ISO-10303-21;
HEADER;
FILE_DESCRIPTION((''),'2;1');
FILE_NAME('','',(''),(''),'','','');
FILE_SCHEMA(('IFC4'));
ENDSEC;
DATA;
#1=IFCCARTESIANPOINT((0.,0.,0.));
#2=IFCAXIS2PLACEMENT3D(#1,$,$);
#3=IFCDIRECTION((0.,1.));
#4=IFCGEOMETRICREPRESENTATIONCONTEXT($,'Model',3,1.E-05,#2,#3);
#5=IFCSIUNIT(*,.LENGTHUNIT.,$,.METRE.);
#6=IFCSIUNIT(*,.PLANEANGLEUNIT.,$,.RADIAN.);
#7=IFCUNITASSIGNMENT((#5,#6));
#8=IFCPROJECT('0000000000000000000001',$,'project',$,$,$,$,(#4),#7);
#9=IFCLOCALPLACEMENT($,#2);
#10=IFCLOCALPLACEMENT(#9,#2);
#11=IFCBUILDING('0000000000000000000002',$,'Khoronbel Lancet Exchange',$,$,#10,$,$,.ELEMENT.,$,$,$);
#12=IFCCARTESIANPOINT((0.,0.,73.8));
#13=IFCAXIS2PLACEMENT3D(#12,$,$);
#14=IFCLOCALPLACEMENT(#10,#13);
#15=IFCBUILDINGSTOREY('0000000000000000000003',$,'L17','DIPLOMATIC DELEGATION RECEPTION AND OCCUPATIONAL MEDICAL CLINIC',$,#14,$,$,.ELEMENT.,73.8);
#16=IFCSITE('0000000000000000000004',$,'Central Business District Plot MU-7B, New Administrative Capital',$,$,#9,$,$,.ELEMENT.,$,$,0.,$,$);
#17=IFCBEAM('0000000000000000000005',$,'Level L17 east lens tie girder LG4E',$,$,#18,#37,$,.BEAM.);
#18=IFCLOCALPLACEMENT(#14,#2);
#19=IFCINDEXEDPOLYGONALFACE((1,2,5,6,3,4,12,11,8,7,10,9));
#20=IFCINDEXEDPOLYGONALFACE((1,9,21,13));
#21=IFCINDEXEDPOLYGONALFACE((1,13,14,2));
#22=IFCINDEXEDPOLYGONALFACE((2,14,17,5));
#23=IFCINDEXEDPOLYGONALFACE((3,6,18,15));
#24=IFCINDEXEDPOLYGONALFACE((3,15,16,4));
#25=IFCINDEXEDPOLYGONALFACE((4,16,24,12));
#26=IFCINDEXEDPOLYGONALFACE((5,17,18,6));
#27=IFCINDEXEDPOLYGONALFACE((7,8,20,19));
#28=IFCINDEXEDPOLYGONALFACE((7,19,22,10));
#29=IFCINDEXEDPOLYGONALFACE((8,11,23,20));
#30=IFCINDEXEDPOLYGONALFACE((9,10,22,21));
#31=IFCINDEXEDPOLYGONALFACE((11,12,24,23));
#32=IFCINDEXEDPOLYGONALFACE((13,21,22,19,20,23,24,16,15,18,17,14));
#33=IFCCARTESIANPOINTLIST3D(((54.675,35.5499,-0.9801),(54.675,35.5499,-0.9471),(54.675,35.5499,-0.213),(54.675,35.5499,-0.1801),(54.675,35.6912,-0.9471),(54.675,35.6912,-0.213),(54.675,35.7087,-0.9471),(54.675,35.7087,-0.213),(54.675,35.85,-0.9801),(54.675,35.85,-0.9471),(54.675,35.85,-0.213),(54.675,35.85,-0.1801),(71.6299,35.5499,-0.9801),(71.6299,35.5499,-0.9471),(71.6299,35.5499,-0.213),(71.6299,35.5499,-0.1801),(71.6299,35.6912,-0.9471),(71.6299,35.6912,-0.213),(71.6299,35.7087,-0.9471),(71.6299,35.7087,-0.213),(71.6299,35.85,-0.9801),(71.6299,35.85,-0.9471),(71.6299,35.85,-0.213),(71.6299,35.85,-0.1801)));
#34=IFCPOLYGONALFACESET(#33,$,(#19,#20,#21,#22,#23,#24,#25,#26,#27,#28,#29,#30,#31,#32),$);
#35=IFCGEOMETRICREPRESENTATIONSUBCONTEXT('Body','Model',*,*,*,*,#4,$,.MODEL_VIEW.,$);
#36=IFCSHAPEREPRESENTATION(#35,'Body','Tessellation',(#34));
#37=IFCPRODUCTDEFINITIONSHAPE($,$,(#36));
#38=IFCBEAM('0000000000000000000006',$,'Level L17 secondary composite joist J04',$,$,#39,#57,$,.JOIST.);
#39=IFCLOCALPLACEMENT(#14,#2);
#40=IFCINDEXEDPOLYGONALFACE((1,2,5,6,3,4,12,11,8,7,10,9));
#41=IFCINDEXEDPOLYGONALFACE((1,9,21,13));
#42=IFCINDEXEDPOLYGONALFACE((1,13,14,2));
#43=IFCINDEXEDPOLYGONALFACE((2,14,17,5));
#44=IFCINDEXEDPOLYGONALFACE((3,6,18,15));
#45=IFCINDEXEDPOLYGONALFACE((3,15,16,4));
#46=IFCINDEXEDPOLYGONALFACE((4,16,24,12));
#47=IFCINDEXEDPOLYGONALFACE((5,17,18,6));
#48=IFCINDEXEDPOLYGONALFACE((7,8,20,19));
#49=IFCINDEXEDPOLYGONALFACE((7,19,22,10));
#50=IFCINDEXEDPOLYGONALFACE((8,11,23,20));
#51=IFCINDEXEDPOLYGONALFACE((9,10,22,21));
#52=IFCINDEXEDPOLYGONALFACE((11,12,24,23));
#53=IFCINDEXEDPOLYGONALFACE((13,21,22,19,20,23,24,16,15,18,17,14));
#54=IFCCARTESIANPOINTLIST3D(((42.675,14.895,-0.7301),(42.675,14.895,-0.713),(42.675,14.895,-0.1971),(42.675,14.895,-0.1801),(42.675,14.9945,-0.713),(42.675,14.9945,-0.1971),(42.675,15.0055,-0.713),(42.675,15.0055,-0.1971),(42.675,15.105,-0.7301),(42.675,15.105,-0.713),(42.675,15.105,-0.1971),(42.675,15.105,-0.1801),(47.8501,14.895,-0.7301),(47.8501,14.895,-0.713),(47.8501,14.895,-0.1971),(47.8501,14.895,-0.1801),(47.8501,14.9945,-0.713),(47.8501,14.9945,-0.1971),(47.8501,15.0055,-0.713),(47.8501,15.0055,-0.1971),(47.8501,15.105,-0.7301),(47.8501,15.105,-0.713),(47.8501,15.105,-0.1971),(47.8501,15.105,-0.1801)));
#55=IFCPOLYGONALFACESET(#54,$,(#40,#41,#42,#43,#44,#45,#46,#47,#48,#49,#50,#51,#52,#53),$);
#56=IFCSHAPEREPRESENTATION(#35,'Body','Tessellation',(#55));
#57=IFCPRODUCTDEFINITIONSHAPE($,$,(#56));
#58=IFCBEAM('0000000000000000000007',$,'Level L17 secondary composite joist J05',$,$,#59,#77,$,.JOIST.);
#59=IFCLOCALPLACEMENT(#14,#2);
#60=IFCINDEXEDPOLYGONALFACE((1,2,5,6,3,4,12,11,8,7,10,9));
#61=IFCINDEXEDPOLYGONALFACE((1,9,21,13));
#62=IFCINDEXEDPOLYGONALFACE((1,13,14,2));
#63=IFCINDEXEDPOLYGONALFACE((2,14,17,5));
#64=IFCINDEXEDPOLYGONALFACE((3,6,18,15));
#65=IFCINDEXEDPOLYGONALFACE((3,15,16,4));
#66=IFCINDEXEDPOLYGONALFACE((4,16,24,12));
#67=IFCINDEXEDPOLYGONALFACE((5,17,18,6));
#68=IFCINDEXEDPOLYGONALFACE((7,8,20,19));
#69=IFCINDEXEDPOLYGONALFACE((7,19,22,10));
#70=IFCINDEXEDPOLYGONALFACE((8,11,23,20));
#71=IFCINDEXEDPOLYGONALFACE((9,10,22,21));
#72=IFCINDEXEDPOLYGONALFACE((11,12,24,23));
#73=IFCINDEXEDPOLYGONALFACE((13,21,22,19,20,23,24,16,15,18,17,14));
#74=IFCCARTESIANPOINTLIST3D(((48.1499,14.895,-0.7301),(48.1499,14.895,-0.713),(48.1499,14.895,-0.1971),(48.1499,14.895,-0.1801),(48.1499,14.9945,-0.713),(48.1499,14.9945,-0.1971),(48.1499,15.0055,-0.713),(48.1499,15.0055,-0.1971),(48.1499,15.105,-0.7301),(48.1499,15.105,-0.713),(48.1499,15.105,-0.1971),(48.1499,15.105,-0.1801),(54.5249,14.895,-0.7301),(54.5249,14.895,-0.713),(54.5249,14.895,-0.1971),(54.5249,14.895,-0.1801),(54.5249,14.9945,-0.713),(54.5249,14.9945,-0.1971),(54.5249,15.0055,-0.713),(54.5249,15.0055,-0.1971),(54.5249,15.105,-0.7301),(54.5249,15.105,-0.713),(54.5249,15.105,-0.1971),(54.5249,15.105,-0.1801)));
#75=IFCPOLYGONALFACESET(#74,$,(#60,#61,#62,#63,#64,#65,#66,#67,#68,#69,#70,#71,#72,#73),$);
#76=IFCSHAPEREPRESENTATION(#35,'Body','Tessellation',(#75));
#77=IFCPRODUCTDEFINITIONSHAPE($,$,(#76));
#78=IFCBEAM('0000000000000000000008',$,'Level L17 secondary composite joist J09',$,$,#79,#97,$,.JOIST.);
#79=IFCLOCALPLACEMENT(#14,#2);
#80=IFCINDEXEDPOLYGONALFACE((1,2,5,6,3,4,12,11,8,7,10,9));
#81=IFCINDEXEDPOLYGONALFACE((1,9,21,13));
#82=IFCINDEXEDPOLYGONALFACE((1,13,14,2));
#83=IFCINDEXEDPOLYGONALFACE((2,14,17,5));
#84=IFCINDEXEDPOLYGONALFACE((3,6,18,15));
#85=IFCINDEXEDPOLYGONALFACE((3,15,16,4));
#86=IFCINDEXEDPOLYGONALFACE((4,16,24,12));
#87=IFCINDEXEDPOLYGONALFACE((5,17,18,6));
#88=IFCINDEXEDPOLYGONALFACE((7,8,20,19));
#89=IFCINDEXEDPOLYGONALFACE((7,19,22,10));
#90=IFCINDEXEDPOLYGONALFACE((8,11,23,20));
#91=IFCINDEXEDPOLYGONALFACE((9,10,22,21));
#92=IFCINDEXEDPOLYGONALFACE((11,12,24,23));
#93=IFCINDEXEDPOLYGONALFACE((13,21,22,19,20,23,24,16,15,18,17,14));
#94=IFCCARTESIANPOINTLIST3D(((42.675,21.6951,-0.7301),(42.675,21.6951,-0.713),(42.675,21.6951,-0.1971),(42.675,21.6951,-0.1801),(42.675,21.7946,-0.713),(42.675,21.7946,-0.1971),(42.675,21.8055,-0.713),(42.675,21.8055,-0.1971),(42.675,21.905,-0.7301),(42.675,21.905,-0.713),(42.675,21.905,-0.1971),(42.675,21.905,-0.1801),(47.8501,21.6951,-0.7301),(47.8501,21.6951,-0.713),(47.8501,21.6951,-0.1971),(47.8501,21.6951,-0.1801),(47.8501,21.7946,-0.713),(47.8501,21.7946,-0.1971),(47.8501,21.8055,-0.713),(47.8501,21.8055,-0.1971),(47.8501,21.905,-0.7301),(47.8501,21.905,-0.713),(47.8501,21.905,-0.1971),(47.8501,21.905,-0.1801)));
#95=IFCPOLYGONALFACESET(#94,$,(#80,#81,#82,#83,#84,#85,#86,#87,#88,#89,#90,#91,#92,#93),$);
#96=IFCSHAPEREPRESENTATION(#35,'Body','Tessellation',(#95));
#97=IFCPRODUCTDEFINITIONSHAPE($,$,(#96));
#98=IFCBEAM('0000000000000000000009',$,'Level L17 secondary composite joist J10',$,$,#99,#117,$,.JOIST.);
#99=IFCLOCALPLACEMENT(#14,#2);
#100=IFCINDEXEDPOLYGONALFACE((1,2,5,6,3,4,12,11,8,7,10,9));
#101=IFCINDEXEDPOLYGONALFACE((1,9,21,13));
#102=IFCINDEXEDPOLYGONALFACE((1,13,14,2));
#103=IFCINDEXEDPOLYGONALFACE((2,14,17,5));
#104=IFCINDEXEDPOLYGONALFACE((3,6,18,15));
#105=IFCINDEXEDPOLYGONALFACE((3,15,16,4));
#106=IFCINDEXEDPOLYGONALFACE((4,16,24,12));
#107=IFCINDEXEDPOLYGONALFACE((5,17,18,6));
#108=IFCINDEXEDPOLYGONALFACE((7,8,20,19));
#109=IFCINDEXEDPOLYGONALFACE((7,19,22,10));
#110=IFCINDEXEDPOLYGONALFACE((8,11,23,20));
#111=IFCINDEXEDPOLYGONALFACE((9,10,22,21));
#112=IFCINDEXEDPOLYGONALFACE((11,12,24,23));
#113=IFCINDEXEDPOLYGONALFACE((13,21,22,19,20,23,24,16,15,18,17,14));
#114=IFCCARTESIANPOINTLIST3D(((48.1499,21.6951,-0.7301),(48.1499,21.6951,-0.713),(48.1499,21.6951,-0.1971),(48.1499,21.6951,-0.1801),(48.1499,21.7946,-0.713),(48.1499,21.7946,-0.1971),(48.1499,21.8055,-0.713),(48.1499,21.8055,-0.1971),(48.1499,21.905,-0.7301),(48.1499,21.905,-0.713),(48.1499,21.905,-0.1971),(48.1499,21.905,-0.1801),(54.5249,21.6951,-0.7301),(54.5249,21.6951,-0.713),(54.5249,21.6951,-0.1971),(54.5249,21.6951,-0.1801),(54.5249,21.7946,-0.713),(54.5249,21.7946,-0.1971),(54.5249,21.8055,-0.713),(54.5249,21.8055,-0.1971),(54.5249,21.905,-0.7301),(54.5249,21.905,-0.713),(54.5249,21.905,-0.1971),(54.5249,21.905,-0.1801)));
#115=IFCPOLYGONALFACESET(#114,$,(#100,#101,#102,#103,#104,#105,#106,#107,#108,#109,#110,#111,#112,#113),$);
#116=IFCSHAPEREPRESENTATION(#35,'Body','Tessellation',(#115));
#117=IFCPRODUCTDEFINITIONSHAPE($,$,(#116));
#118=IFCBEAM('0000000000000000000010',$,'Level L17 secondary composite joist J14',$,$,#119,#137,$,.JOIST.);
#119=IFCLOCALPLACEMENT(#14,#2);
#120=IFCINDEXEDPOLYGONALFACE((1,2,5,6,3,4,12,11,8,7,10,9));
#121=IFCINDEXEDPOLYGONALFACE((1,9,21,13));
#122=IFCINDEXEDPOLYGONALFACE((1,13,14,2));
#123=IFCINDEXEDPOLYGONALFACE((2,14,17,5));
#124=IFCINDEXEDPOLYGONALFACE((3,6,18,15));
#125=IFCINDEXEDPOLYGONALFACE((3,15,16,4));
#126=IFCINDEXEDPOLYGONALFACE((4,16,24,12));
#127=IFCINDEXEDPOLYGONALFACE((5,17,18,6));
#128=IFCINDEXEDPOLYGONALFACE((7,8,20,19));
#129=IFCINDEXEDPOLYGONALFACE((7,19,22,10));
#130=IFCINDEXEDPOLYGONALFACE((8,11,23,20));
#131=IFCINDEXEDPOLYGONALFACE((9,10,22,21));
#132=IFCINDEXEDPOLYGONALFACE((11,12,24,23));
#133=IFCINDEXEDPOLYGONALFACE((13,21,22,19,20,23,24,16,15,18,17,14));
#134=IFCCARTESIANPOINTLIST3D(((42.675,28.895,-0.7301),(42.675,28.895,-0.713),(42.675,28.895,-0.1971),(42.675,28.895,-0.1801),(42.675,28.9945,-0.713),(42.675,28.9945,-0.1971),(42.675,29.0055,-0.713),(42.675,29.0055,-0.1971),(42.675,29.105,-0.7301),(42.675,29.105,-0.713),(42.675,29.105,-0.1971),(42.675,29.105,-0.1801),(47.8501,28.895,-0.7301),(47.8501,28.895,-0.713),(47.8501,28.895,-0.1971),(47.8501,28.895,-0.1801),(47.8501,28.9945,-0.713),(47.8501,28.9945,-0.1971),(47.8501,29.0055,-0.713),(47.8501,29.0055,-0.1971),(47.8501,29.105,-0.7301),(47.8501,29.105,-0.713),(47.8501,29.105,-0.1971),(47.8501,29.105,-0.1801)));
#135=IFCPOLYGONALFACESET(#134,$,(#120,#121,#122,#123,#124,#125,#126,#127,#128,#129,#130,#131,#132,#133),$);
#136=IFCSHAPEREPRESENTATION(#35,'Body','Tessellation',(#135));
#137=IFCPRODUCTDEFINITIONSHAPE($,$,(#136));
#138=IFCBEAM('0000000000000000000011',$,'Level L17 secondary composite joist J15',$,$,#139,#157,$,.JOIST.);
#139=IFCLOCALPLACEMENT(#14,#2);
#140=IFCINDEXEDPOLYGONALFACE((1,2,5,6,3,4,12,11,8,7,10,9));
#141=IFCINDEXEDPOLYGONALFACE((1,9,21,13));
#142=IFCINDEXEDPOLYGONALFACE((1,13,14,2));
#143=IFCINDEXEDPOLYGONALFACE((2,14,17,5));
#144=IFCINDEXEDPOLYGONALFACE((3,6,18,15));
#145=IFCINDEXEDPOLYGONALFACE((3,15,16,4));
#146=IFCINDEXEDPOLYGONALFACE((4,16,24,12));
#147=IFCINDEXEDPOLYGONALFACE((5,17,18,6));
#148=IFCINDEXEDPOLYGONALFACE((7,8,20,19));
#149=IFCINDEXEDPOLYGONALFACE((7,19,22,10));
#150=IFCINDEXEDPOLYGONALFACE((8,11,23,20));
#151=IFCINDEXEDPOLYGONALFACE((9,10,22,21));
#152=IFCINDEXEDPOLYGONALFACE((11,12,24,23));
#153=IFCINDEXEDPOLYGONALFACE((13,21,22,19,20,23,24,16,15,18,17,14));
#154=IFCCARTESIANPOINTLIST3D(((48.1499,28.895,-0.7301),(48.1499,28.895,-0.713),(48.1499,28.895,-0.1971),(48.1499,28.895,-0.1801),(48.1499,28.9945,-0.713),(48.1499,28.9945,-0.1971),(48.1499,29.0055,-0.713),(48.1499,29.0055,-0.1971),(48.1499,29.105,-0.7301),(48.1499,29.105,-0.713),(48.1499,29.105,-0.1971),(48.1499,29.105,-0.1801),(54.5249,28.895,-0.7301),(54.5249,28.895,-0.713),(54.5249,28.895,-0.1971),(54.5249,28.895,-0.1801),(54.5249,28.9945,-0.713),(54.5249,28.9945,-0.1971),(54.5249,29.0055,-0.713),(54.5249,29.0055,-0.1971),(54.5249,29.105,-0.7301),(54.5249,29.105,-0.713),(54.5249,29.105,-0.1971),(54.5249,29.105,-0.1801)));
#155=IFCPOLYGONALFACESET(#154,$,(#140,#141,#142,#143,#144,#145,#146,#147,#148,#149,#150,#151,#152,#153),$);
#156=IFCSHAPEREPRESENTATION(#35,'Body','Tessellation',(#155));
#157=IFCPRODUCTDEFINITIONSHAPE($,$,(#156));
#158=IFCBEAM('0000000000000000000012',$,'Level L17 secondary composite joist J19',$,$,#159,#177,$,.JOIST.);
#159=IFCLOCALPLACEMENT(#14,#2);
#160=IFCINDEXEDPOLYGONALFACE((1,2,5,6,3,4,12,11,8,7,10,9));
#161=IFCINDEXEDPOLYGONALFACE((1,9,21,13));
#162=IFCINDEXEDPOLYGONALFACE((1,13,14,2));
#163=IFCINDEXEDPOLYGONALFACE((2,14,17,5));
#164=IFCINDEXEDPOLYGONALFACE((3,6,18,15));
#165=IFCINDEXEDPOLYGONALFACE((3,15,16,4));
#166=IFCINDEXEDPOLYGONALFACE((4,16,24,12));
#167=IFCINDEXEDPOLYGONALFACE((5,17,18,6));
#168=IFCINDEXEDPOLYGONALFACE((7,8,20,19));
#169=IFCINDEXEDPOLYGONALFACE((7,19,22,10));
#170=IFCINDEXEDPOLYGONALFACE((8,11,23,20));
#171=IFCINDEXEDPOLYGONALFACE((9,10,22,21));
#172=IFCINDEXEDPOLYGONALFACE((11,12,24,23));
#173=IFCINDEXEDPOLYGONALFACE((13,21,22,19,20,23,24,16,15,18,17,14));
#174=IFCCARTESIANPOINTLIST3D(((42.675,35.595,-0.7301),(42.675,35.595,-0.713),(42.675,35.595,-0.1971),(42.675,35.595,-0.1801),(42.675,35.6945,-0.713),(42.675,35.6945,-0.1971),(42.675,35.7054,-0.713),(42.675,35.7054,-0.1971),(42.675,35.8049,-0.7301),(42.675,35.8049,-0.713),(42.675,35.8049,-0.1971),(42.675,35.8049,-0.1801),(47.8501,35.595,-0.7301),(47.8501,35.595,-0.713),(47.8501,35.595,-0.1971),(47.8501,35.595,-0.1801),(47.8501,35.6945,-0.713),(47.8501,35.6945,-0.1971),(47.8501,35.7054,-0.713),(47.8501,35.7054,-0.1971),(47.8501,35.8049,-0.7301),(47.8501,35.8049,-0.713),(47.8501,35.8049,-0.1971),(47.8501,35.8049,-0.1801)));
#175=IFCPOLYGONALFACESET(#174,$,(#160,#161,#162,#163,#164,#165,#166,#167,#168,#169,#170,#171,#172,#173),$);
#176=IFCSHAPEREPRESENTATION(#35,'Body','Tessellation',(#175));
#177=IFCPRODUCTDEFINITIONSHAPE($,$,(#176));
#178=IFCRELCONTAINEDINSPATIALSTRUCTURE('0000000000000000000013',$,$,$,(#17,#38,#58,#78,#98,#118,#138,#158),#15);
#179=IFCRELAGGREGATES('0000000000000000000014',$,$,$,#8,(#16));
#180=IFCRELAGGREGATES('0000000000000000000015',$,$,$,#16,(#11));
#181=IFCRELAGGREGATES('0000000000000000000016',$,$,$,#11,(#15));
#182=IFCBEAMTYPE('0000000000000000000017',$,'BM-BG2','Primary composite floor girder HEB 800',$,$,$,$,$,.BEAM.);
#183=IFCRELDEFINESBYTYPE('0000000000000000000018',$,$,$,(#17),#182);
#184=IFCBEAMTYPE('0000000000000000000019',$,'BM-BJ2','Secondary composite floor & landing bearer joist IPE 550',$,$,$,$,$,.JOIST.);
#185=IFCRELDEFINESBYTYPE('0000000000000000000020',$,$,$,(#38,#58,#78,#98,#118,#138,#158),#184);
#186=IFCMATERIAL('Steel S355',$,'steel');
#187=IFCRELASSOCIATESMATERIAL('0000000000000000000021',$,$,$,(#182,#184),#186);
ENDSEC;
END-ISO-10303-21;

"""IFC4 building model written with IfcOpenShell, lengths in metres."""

from ifc_helpers import new_model, si_unit, direction, frame, origin, origin_2d, place, context, subcontext, project, spatial, i_section, extrude, material, material_profile, profile_set, type_object, element, save


model = new_model("IFC4")

# Units and contexts
model_context = context("Model", 3, precision=1e-05, world=origin(), true_north=direction((0.0, 1.0)))
body_context = subcontext(model_context, "Body", "Model", "MODEL_VIEW")
ifc_project = project(units=[si_unit("LENGTHUNIT", "METRE"), si_unit("PLANEANGLEUNIT", "RADIAN")], contexts=[model_context])

# Site, building, storey
site_placement = place(None, origin())
site = spatial("IfcSite", under=ifc_project, at=site_placement, Name="Central Business District Plot MU-7B, New Administrative Capital", CompositionType="ELEMENT", RefElevation=0.0)
building_placement = place(site_placement, origin())
building = spatial("IfcBuilding", under=site, at=building_placement, Name="Khoronbel Lancet Exchange", CompositionType="ELEMENT")
storey_placement = place(building_placement, frame((0.0, 0.0, 73.8)))
storey = spatial("IfcBuildingStorey", under=building, at=storey_placement, Name="L17", Description="DIPLOMATIC DELEGATION RECEPTION AND OCCUPATIONAL MEDICAL CLINIC", CompositionType="ELEMENT", Elevation=73.8)

# Beams
ifc_material_1 = material(Name="Steel S355", Category="steel")
ifc_material_profile_1 = material_profile(ifc_material_1, i_section(OverallWidth=0.3, OverallDepth=0.8, WebThickness=0.0176, FlangeThickness=0.033, at=origin_2d()), Name="HEB 800")
ifc_profile_set_1 = profile_set([ifc_material_profile_1], Name="Steel S355")
beam_type_1 = type_object("IfcBeamType", Name="BM-BG2", Description="Primary composite floor girder HEB 800", PredefinedType="BEAM", material=ifc_profile_set_1)
for number, where, z_axis, x_axis, name in (
    (1, (54.675, 35.7, -0.5801), (1.0, 0.0, 0.0), (0.0, 1.0, 0.0), "Level L17 east lens tie girder LG4E"),
):
    element("IfcBeam", number, at=place(storey_placement, frame(where, z_axis=z_axis, x_axis=x_axis)), inside=storey, type_object=beam_type_1, Name=name, PredefinedType="BEAM", context=body_context, shape_type="SweptSolid", body=[
        extrude(i_section(OverallWidth=0.3, OverallDepth=0.8, WebThickness=0.0176, FlangeThickness=0.033, at=origin_2d()), origin(), (0.0, 0.0, 1.0), 16.9548),
    ])
ifc_material_profile_2 = material_profile(ifc_material_1, i_section(OverallWidth=0.21, OverallDepth=0.55, WebThickness=0.011, FlangeThickness=0.0171, at=origin_2d()), Name="IPE 550")
ifc_profile_set_2 = profile_set([ifc_material_profile_2], Name="Steel S355")
beam_type_2 = type_object("IfcBeamType", Name="BM-BJ2", Description="Secondary composite floor & landing bearer joist IPE 550", PredefinedType="JOIST", material=ifc_profile_set_2)
beam_1_placement = place(storey_placement, frame((42.675, 15.0, -0.4551), z_axis=(1.0, 0.0, 0.0), x_axis=(0.0, 1.0, 0.0)))
element("IfcBeam", 2, at=beam_1_placement, inside=storey, type_object=beam_type_2, Name="Level L17 secondary composite joist J04", PredefinedType="JOIST", context=body_context, shape_type="SweptSolid", body=[
    extrude(i_section(OverallWidth=0.21, OverallDepth=0.55, WebThickness=0.011, FlangeThickness=0.0171, at=origin_2d()), origin(), (0.0, 0.0, 1.0), 5.175),
])
beam_2_placement = place(storey_placement, frame((48.1499, 15.0, -0.4551), z_axis=(1.0, 0.0, 0.0), x_axis=(0.0, 1.0, 0.0)))
element("IfcBeam", 3, at=beam_2_placement, inside=storey, type_object=beam_type_2, Name="Level L17 secondary composite joist J05", PredefinedType="JOIST", context=body_context, shape_type="SweptSolid", body=[
    extrude(i_section(OverallWidth=0.21, OverallDepth=0.55, WebThickness=0.011, FlangeThickness=0.0171, at=origin_2d()), origin(), (0.0, 0.0, 1.0), 6.375),
])
beam_3_placement = place(storey_placement, frame((42.675, 21.8, -0.4551), z_axis=(1.0, 0.0, 0.0), x_axis=(0.0, 1.0, 0.0)))
element("IfcBeam", 4, at=beam_3_placement, inside=storey, type_object=beam_type_2, Name="Level L17 secondary composite joist J09", PredefinedType="JOIST", context=body_context, shape_type="SweptSolid", body=[
    extrude(i_section(OverallWidth=0.21, OverallDepth=0.55, WebThickness=0.011, FlangeThickness=0.0171, at=origin_2d()), origin(), (0.0, 0.0, 1.0), 5.175),
])
beam_4_placement = place(storey_placement, frame((48.1499, 21.8, -0.4551), z_axis=(1.0, 0.0, 0.0), x_axis=(0.0, 1.0, 0.0)))
element("IfcBeam", 5, at=beam_4_placement, inside=storey, type_object=beam_type_2, Name="Level L17 secondary composite joist J10", PredefinedType="JOIST", context=body_context, shape_type="SweptSolid", body=[
    extrude(i_section(OverallWidth=0.21, OverallDepth=0.55, WebThickness=0.011, FlangeThickness=0.0171, at=origin_2d()), origin(), (0.0, 0.0, 1.0), 6.375),
])
beam_5_placement = place(storey_placement, frame((42.675, 29.0, -0.4551), z_axis=(1.0, 0.0, 0.0), x_axis=(0.0, 1.0, 0.0)))
element("IfcBeam", 6, at=beam_5_placement, inside=storey, type_object=beam_type_2, Name="Level L17 secondary composite joist J14", PredefinedType="JOIST", context=body_context, shape_type="SweptSolid", body=[
    extrude(i_section(OverallWidth=0.21, OverallDepth=0.55, WebThickness=0.011, FlangeThickness=0.0171, at=origin_2d()), origin(), (0.0, 0.0, 1.0), 5.175),
])
beam_6_placement = place(storey_placement, frame((48.1499, 29.0, -0.4551), z_axis=(1.0, 0.0, 0.0), x_axis=(0.0, 1.0, 0.0)))
element("IfcBeam", 7, at=beam_6_placement, inside=storey, type_object=beam_type_2, Name="Level L17 secondary composite joist J15", PredefinedType="JOIST", context=body_context, shape_type="SweptSolid", body=[
    extrude(i_section(OverallWidth=0.21, OverallDepth=0.55, WebThickness=0.011, FlangeThickness=0.0171, at=origin_2d()), origin(), (0.0, 0.0, 1.0), 6.375),
])
beam_7_placement = place(storey_placement, frame((42.675, 35.7, -0.4551), z_axis=(1.0, 0.0, 0.0), x_axis=(0.0, 1.0, 0.0)))
element("IfcBeam", 8, at=beam_7_placement, inside=storey, type_object=beam_type_2, Name="Level L17 secondary composite joist J19", PredefinedType="JOIST", context=body_context, shape_type="SweptSolid", body=[
    extrude(i_section(OverallWidth=0.21, OverallDepth=0.55, WebThickness=0.011, FlangeThickness=0.0171, at=origin_2d()), origin(), (0.0, 0.0, 1.0), 5.175),
])

save(model, "model.ifc")
